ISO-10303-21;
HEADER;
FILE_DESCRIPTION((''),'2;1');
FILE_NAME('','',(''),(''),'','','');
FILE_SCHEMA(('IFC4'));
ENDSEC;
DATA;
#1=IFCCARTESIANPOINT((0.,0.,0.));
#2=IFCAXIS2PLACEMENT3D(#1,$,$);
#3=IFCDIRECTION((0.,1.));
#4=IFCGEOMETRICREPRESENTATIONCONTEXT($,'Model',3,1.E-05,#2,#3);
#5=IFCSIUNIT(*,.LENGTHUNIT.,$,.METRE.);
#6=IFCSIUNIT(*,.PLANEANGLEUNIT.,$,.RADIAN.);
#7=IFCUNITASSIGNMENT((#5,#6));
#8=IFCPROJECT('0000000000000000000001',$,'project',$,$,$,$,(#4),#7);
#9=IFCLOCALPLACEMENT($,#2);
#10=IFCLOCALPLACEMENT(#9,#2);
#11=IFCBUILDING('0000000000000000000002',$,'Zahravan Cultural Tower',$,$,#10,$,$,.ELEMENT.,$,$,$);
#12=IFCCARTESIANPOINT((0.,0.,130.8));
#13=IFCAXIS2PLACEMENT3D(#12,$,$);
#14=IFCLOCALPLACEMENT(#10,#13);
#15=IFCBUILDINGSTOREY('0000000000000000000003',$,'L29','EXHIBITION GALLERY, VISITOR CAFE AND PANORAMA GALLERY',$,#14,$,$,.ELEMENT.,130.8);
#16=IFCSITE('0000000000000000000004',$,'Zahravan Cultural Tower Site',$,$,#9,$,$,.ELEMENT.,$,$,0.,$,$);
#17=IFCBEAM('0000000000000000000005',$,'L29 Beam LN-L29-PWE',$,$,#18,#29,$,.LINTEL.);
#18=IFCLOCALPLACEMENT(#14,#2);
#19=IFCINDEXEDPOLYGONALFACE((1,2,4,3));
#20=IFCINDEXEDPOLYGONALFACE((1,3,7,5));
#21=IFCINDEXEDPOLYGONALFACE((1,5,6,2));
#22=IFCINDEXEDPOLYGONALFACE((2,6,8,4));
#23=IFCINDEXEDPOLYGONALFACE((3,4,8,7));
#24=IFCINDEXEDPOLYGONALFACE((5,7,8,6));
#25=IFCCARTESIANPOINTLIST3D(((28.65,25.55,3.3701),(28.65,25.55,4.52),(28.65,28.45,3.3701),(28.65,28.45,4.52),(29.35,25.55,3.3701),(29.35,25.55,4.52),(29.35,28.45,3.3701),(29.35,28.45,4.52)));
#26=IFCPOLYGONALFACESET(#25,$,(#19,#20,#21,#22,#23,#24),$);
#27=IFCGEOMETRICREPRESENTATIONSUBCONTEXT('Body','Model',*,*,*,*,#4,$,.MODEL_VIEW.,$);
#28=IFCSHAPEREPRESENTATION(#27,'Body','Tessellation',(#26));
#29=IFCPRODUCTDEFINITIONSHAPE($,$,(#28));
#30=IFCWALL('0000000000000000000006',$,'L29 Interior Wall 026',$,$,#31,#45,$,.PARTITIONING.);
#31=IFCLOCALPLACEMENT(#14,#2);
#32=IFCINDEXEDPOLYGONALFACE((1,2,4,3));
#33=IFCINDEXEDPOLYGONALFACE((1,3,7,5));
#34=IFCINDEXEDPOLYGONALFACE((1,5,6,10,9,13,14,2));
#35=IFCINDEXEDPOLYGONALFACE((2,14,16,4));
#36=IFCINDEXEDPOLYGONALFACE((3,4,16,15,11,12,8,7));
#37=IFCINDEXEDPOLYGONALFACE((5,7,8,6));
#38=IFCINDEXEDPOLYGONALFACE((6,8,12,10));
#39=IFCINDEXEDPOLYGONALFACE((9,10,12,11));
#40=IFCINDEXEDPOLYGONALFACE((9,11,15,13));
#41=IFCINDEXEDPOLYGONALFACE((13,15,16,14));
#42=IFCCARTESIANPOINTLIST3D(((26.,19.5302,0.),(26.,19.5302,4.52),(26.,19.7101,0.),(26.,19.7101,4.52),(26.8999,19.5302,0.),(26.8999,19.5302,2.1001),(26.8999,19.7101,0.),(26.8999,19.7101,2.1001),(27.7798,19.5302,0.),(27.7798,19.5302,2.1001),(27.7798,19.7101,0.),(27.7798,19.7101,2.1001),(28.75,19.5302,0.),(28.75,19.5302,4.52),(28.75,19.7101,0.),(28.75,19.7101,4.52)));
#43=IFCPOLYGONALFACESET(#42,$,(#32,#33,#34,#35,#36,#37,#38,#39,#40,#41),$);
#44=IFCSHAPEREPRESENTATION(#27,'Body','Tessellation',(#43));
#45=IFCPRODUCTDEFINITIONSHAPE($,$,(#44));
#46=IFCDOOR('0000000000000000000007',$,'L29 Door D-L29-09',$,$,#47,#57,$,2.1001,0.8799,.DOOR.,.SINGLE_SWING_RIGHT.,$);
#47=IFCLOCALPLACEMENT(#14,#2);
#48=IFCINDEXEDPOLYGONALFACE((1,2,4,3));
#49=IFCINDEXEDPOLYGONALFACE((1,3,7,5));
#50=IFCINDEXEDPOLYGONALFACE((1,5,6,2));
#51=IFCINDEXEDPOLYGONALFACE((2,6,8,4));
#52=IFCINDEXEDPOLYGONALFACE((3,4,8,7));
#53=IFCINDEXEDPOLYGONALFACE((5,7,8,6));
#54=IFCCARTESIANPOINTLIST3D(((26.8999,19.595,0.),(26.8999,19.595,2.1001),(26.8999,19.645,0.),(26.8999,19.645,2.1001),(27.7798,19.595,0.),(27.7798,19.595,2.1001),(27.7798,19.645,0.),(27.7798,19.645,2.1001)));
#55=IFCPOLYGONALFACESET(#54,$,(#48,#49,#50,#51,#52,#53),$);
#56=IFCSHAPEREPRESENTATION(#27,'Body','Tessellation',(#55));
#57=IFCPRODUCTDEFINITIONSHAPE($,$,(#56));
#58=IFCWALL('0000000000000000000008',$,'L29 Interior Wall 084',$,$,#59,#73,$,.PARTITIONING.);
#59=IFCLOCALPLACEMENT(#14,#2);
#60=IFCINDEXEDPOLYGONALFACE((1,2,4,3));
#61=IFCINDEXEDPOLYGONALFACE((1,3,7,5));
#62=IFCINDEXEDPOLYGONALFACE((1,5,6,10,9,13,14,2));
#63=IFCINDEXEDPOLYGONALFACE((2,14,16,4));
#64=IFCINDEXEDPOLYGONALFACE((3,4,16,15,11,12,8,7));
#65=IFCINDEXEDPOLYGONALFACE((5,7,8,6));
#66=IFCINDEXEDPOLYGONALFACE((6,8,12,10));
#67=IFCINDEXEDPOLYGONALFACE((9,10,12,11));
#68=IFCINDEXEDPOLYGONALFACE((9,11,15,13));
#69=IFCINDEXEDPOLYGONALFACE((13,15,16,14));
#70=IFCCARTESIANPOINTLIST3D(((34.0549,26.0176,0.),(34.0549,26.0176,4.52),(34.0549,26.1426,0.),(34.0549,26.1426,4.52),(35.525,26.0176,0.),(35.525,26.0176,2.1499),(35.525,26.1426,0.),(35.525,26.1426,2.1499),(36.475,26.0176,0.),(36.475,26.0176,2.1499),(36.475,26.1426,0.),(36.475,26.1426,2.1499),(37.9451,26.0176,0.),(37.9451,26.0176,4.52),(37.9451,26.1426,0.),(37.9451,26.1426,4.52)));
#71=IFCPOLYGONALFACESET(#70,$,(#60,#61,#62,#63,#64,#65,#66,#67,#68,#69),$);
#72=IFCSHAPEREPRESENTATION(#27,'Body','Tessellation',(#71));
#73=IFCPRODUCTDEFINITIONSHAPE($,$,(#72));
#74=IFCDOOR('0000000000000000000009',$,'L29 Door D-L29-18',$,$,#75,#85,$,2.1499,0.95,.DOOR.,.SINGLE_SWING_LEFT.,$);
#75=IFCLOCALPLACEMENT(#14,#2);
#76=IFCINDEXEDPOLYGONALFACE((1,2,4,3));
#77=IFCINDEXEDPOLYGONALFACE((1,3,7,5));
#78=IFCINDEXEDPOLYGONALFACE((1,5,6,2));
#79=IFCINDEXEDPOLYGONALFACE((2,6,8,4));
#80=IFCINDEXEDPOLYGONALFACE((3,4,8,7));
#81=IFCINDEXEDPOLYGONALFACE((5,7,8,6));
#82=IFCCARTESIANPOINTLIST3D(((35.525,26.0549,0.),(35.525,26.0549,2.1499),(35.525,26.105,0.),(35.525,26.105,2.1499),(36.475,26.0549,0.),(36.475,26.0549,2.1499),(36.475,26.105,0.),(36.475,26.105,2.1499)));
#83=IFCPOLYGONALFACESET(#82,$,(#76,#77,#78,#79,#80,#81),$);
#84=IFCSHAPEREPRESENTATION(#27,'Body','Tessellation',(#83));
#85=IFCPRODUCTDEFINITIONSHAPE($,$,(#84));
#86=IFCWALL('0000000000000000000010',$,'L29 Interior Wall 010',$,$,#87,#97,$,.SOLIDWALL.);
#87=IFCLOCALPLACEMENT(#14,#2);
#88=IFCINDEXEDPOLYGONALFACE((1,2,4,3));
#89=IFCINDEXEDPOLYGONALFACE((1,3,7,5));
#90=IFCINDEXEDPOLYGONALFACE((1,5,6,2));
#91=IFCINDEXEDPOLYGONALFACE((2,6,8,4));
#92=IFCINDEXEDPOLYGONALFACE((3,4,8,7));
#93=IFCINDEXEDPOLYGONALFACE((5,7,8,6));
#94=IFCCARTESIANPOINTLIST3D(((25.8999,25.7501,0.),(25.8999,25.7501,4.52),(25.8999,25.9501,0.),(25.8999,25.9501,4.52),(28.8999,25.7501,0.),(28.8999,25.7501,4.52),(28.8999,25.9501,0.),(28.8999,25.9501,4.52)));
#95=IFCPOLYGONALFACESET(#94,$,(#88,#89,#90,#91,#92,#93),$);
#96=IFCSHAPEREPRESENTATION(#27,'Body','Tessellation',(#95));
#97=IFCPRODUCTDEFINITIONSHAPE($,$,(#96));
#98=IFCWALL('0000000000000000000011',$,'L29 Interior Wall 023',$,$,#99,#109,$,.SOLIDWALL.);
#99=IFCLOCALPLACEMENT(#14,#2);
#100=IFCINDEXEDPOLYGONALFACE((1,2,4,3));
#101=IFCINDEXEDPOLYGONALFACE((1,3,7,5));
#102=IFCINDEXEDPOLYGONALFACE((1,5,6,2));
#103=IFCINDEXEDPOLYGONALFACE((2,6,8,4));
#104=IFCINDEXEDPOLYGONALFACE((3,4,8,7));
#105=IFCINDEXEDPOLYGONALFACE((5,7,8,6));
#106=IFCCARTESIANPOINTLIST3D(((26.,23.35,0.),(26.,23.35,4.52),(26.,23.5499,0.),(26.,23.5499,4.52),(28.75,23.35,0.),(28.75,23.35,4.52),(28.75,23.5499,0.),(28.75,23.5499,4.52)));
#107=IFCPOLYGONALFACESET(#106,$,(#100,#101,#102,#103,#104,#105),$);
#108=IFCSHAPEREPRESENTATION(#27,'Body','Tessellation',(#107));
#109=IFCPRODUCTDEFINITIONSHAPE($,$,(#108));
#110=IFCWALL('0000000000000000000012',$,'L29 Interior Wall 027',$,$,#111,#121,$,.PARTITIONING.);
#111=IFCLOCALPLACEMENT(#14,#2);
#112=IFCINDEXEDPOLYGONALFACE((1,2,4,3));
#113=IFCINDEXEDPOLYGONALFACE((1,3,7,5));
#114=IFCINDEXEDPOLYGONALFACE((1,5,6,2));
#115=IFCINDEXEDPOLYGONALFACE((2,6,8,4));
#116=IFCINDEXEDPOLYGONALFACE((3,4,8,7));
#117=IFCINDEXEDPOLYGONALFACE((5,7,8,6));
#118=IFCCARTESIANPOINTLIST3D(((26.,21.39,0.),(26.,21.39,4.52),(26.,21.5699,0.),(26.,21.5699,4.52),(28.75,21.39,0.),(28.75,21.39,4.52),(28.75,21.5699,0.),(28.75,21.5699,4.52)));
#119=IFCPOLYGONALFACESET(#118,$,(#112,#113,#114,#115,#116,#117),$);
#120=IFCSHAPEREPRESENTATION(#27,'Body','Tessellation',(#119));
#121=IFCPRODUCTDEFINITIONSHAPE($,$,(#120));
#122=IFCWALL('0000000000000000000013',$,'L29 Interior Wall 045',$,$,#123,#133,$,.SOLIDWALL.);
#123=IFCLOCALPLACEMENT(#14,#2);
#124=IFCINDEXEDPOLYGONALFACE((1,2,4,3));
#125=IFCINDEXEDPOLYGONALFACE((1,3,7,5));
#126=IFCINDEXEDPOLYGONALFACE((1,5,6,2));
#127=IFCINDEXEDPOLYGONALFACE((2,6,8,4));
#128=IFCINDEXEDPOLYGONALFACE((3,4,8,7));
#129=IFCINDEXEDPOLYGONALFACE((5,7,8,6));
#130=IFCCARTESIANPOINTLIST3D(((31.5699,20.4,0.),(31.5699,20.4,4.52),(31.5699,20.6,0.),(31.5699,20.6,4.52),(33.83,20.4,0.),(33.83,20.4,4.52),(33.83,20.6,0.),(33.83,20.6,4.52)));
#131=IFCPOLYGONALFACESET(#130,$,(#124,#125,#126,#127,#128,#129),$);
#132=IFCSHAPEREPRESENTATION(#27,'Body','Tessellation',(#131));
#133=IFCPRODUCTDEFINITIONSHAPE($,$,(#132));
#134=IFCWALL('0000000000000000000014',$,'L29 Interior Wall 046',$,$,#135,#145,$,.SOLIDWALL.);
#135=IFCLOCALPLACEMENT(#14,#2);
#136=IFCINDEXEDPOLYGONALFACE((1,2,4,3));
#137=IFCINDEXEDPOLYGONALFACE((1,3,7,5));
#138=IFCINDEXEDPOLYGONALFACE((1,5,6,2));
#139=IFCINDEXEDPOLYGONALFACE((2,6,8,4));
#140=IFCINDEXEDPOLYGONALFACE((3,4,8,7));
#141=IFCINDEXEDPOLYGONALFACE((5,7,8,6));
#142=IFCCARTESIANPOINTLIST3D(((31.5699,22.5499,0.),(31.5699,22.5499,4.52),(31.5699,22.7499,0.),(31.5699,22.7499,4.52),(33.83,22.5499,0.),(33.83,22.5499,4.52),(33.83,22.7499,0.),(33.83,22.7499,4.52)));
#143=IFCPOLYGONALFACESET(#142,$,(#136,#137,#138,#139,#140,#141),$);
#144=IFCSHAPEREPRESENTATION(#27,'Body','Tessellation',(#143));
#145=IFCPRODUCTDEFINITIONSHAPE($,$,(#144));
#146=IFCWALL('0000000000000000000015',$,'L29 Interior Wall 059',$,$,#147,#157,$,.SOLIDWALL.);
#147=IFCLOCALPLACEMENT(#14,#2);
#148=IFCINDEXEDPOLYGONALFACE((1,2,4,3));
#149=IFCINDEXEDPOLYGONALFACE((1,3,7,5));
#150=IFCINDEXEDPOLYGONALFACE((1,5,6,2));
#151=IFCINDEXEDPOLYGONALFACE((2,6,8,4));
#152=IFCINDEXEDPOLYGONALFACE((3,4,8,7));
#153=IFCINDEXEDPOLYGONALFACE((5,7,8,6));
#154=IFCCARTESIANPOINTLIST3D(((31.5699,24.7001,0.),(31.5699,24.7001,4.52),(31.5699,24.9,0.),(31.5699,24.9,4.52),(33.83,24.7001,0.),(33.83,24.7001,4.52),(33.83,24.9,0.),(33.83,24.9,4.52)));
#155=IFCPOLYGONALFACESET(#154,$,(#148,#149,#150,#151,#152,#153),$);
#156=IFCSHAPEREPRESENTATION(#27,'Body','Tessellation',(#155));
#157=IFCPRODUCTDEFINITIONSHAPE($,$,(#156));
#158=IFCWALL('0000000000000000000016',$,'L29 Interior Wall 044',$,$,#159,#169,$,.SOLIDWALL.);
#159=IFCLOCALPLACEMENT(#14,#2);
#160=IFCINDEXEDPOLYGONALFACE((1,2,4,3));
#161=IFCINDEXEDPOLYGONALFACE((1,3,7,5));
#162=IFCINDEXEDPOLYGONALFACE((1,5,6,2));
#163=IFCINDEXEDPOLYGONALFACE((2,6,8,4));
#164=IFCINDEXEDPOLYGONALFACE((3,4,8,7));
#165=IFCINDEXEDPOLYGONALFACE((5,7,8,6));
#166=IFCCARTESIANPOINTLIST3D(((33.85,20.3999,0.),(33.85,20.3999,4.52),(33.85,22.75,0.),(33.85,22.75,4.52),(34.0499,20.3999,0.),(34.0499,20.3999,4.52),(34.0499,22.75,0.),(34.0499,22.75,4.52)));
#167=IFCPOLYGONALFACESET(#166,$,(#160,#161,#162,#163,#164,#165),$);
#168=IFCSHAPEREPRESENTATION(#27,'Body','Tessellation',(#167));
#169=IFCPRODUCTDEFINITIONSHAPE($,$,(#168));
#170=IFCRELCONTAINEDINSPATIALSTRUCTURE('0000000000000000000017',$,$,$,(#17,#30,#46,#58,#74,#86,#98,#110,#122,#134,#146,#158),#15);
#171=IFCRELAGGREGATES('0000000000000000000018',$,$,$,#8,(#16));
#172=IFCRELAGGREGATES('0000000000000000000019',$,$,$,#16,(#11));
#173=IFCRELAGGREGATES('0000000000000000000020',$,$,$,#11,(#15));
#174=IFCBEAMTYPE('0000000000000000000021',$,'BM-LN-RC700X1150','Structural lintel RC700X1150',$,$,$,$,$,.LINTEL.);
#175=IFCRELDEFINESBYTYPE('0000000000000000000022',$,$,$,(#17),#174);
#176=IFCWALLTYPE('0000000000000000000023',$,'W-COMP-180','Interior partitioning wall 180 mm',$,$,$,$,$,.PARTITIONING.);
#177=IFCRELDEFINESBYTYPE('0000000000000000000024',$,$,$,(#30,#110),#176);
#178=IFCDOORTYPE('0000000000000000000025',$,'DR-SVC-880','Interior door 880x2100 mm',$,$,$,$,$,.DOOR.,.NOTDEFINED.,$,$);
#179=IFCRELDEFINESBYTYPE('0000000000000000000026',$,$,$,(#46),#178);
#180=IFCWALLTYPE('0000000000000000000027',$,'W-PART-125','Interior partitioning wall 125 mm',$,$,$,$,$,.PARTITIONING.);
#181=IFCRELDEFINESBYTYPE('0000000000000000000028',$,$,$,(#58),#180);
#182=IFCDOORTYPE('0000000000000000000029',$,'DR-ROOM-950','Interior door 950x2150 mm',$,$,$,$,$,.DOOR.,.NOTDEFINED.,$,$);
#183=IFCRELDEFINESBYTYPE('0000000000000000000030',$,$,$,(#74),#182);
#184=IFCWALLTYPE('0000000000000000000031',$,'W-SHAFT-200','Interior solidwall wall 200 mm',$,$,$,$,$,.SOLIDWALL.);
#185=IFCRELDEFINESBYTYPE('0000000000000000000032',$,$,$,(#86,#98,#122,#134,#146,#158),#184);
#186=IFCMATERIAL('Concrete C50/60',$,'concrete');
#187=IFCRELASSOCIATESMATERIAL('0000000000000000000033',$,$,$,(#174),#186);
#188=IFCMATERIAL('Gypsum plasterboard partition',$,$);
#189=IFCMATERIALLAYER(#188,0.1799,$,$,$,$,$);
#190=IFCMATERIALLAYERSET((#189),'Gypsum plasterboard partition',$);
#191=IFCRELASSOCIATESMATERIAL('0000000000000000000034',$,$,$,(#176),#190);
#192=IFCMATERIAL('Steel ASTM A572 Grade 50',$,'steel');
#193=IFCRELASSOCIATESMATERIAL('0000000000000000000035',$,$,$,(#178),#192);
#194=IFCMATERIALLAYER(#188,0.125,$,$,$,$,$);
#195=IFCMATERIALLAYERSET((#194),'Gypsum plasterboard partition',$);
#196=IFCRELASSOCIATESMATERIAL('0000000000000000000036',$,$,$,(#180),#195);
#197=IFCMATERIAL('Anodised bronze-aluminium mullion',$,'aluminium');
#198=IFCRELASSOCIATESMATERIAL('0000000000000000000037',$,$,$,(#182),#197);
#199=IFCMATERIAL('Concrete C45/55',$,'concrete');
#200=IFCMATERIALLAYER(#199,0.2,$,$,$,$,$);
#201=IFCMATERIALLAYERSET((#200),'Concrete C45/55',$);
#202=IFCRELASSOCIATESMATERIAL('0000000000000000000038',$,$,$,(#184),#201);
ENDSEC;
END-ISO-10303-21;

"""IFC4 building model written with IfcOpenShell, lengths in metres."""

from ifc_helpers import new_model, si_unit, direction, frame, frame_2d, origin, origin_2d, place, context, subcontext, project, spatial, rectangle, extrude, source, transform, mapped, material, layer, layer_set, material_profile, profile_set, type_object, element, fill, save


model = new_model("IFC4")

# Units and contexts
model_context = context("Model", 3, precision=1e-05, world=origin(), true_north=direction((0.0, 1.0)))
body_context = subcontext(model_context, "Body", "Model", "MODEL_VIEW")
ifc_project = project(units=[si_unit("LENGTHUNIT", "METRE"), si_unit("PLANEANGLEUNIT", "RADIAN")], contexts=[model_context])

# Site, building, storey
site_placement = place(None, origin())
site = spatial("IfcSite", under=ifc_project, at=site_placement, Name="Zahravan Cultural Tower Site", CompositionType="ELEMENT", RefElevation=0.0)
building_placement = place(site_placement, origin())
building = spatial("IfcBuilding", under=site, at=building_placement, Name="Zahravan Cultural Tower", CompositionType="ELEMENT")
storey_placement = place(building_placement, frame((0.0, 0.0, 130.8)))
storey = spatial("IfcBuildingStorey", under=building, at=storey_placement, Name="L29", Description="EXHIBITION GALLERY, VISITOR CAFE AND PANORAMA GALLERY", CompositionType="ELEMENT", Elevation=130.8)

# Beam
ifc_material_1 = material(Name="Concrete C50/60", Category="concrete")
ifc_material_profile = material_profile(ifc_material_1, rectangle(XDim=0.7, YDim=1.1499, at=origin_2d()), Name="RC700X1150")
ifc_profile_set = profile_set([ifc_material_profile], Name="Concrete C50/60")
beam_type = type_object("IfcBeamType", Name="BM-LN-RC700X1150", Description="Structural lintel RC700X1150", PredefinedType="LINTEL", material=ifc_profile_set)
shared_shape_1 = source(origin(), body_context, "Body", "SweptSolid", [
    extrude(rectangle(XDim=0.7, YDim=1.1499, at=origin_2d()), origin(), (0.0, 0.0, 1.0), 2.8999),
])
beam_placement = place(storey_placement, frame((29.0, 25.55, 3.9451), z_axis=(0.0, 1.0, 0.0), x_axis=(-1.0, 0.0, 0.0)))
element("IfcBeam", 1, at=beam_placement, inside=storey, type_object=beam_type, Name="L29 Beam LN-L29-PWE", PredefinedType="LINTEL", context=body_context, shape_type="MappedRepresentation", body=[
    mapped(shared_shape_1, transform((0.0, 0.0, 0.0), x_axis=(1.0, 0.0, 0.0), y_axis=(0.0, 1.0, 0.0), z_axis=(0.0, 0.0, 1.0), scale=1.0)),
])

# Walls, openings, doors
ifc_material_2 = material(Name="Gypsum plasterboard partition")
ifc_layer_1 = layer(ifc_material_2, 0.1799)
ifc_layer_set_1 = layer_set([ifc_layer_1], Name="Gypsum plasterboard partition")
wall_type_1 = type_object("IfcWallType", Name="W-COMP-180", Description="Interior partitioning wall 180 mm", PredefinedType="PARTITIONING", material=ifc_layer_set_1)
wall_1_placement = place(storey_placement, frame((26.0, 19.6201, 0.0), z_axis=(0.0, 0.0, 1.0), x_axis=(1.0, 0.0, 0.0)))
wall_1 = element("IfcWall", 2, at=wall_1_placement, inside=storey, type_object=wall_type_1, Name="L29 Interior Wall 026", PredefinedType="PARTITIONING", context=body_context, shape_type="SweptSolid", body=[
    extrude(rectangle(XDim=2.75, YDim=0.1799, at=frame_2d((1.375, 0.0))), origin(), (0.0, 0.0, 1.0), 4.52),
])
opening_1_placement = place(wall_1_placement, frame((0.8999, 0.0, 0.0)))
opening_1 = element("IfcOpeningElement", 3, at=opening_1_placement, cuts=wall_1, PredefinedType="OPENING", context=body_context, shape_type="SweptSolid", body=[
    extrude(rectangle(XDim=0.8799, YDim=2.1001, at=frame_2d((0.4399, 1.05))), frame((0.0, 0.0999, 0.0), z_axis=(0.0, -1.0, 0.0), x_axis=(1.0, 0.0, 0.0)), (0.0, 0.0, 1.0), 0.2),
])
ifc_material_3 = material(Name="Steel ASTM A572 Grade 50", Category="steel")
door_type_1 = type_object("IfcDoorType", Name="DR-SVC-880", Description="Interior door 880x2100 mm", OperationType="NOTDEFINED", PredefinedType="DOOR", material=ifc_material_3)
shared_shape_2 = source(origin(), body_context, "Body", "SweptSolid", [
    extrude(rectangle(XDim=0.8799, YDim=2.1001, at=frame_2d((0.4399, 1.05))), frame((0.0, 0.0249, 0.0), z_axis=(0.0, -1.0, 0.0), x_axis=(1.0, 0.0, 0.0)), (0.0, 0.0, 1.0), 0.05),
])
door_1_placement = place(opening_1_placement, origin())
door_1 = element("IfcDoor", 4, at=door_1_placement, inside=storey, type_object=door_type_1, Name="L29 Door D-L29-09", OperationType="SINGLE_SWING_RIGHT", OverallHeight=2.1001, OverallWidth=0.8799, PredefinedType="DOOR", context=body_context, shape_type="MappedRepresentation", body=[
    mapped(shared_shape_2, transform((0.0, 0.0, 0.0), x_axis=(1.0, 0.0, 0.0), y_axis=(0.0, 1.0, 0.0), z_axis=(0.0, 0.0, 1.0), scale=1.0)),
])
fill(opening_1, door_1)
ifc_layer_2 = layer(ifc_material_2, 0.125)
ifc_layer_set_2 = layer_set([ifc_layer_2], Name="Gypsum plasterboard partition")
wall_type_2 = type_object("IfcWallType", Name="W-PART-125", Description="Interior partitioning wall 125 mm", PredefinedType="PARTITIONING", material=ifc_layer_set_2)
wall_2_placement = place(storey_placement, frame((34.0549, 26.0801, 0.0), z_axis=(0.0, 0.0, 1.0), x_axis=(1.0, 0.0, 0.0)))
wall_2 = element("IfcWall", 5, at=wall_2_placement, inside=storey, type_object=wall_type_2, Name="L29 Interior Wall 084", PredefinedType="PARTITIONING", context=body_context, shape_type="SweptSolid", body=[
    extrude(rectangle(XDim=3.8901, YDim=0.125, at=frame_2d((1.9451, 0.0))), origin(), (0.0, 0.0, 1.0), 4.52),
])
opening_2_placement = place(wall_2_placement, frame((1.47, 0.0, 0.0)))
opening_2 = element("IfcOpeningElement", 6, at=opening_2_placement, cuts=wall_2, PredefinedType="OPENING", context=body_context, shape_type="SweptSolid", body=[
    extrude(rectangle(XDim=0.95, YDim=2.1499, at=frame_2d((0.4751, 1.075))), frame((0.0, 0.0725, 0.0), z_axis=(0.0, -1.0, 0.0), x_axis=(1.0, 0.0, 0.0)), (0.0, 0.0, 1.0), 0.145),
])
ifc_material_4 = material(Name="Anodised bronze-aluminium mullion", Category="aluminium")
door_type_2 = type_object("IfcDoorType", Name="DR-ROOM-950", Description="Interior door 950x2150 mm", OperationType="NOTDEFINED", PredefinedType="DOOR", material=ifc_material_4)
shared_shape_3 = source(origin(), body_context, "Body", "SweptSolid", [
    extrude(rectangle(XDim=0.95, YDim=2.1499, at=frame_2d((0.4751, 1.075))), frame((0.0, 0.0249, 0.0), z_axis=(0.0, -1.0, 0.0), x_axis=(1.0, 0.0, 0.0)), (0.0, 0.0, 1.0), 0.05),
])
door_2_placement = place(opening_2_placement, origin())
door_2 = element("IfcDoor", 7, at=door_2_placement, inside=storey, type_object=door_type_2, Name="L29 Door D-L29-18", OperationType="SINGLE_SWING_LEFT", OverallHeight=2.1499, OverallWidth=0.95, PredefinedType="DOOR", context=body_context, shape_type="MappedRepresentation", body=[
    mapped(shared_shape_3, transform((0.0, 0.0, 0.0), x_axis=(1.0, 0.0, 0.0), y_axis=(0.0, 1.0, 0.0), z_axis=(0.0, 0.0, 1.0), scale=1.0)),
])
fill(opening_2, door_2)
ifc_material_5 = material(Name="Concrete C45/55", Category="concrete")
ifc_layer_3 = layer(ifc_material_5, 0.2)
ifc_layer_set_3 = layer_set([ifc_layer_3], Name="Concrete C45/55")
wall_type_3 = type_object("IfcWallType", Name="W-SHAFT-200", Description="Interior solidwall wall 200 mm", PredefinedType="SOLIDWALL", material=ifc_layer_set_3)

# Walls
shared_shape_4 = source(origin(), body_context, "Body", "SweptSolid", [
    extrude(rectangle(XDim=3.0, YDim=0.2, at=frame_2d((1.5, 0.0))), origin(), (0.0, 0.0, 1.0), 4.52),
])
wall_3_placement = place(storey_placement, frame((25.8999, 25.8501, 0.0), z_axis=(0.0, 0.0, 1.0), x_axis=(1.0, 0.0, 0.0)))
element("IfcWall", 8, at=wall_3_placement, inside=storey, type_object=wall_type_3, Name="L29 Interior Wall 010", PredefinedType="SOLIDWALL", context=body_context, shape_type="MappedRepresentation", body=[
    mapped(shared_shape_4, transform((0.0, 0.0, 0.0), x_axis=(1.0, 0.0, 0.0), y_axis=(0.0, 1.0, 0.0), z_axis=(0.0, 0.0, 1.0), scale=1.0)),
])
shared_shape_5 = source(origin(), body_context, "Body", "SweptSolid", [
    extrude(rectangle(XDim=2.75, YDim=0.2, at=frame_2d((1.375, 0.0))), origin(), (0.0, 0.0, 1.0), 4.52),
])
wall_4_placement = place(storey_placement, frame((26.0, 23.45, 0.0), z_axis=(0.0, 0.0, 1.0), x_axis=(1.0, 0.0, 0.0)))
element("IfcWall", 9, at=wall_4_placement, inside=storey, type_object=wall_type_3, Name="L29 Interior Wall 023", PredefinedType="SOLIDWALL", context=body_context, shape_type="MappedRepresentation", body=[
    mapped(shared_shape_5, transform((0.0, 0.0, 0.0), x_axis=(1.0, 0.0, 0.0), y_axis=(0.0, 1.0, 0.0), z_axis=(0.0, 0.0, 1.0), scale=1.0)),
])
shared_shape_6 = source(origin(), body_context, "Body", "SweptSolid", [
    extrude(rectangle(XDim=2.75, YDim=0.1799, at=frame_2d((1.375, 0.0))), origin(), (0.0, 0.0, 1.0), 4.52),
])
wall_5_placement = place(storey_placement, frame((26.0, 21.48, 0.0), z_axis=(0.0, 0.0, 1.0), x_axis=(1.0, 0.0, 0.0)))
element("IfcWall", 10, at=wall_5_placement, inside=storey, type_object=wall_type_1, Name="L29 Interior Wall 027", PredefinedType="PARTITIONING", context=body_context, shape_type="MappedRepresentation", body=[
    mapped(shared_shape_6, transform((0.0, 0.0, 0.0), x_axis=(1.0, 0.0, 0.0), y_axis=(0.0, 1.0, 0.0), z_axis=(0.0, 0.0, 1.0), scale=1.0)),
])
shared_shape_7 = source(origin(), body_context, "Body", "SweptSolid", [
    extrude(rectangle(XDim=2.26, YDim=0.2, at=frame_2d((1.1299, 0.0))), origin(), (0.0, 0.0, 1.0), 4.52),
])
for number, where, z_axis, x_axis, name in (
    (11, (31.5701, 20.5, 0.0), (0.0, 0.0, 1.0), (1.0, 0.0, 0.0), "L29 Interior Wall 045"),
    (12, (31.5701, 22.6499, 0.0), (0.0, 0.0, 1.0), (1.0, 0.0, 0.0), "L29 Interior Wall 046"),
    (13, (31.5701, 24.8, 0.0), (0.0, 0.0, 1.0), (1.0, 0.0, 0.0), "L29 Interior Wall 059"),
):
    element("IfcWall", number, at=place(storey_placement, frame(where, z_axis=z_axis, x_axis=x_axis)), inside=storey, type_object=wall_type_3, Name=name, PredefinedType="SOLIDWALL", context=body_context, shape_type="MappedRepresentation", body=[
        mapped(shared_shape_7, transform((0.0, 0.0, 0.0), x_axis=(1.0, 0.0, 0.0), y_axis=(0.0, 1.0, 0.0), z_axis=(0.0, 0.0, 1.0), scale=1.0)),
    ])
shared_shape_8 = source(origin(), body_context, "Body", "SweptSolid", [
    extrude(rectangle(XDim=2.3501, YDim=0.2, at=frame_2d((1.175, 0.0))), origin(), (0.0, 0.0, 1.0), 4.52),
])
wall_6_placement = place(storey_placement, frame((33.95, 20.3999, 0.0), z_axis=(0.0, 0.0, 1.0), x_axis=(0.0, 1.0, 0.0)))
element("IfcWall", 14, at=wall_6_placement, inside=storey, type_object=wall_type_3, Name="L29 Interior Wall 044", PredefinedType="SOLIDWALL", context=body_context, shape_type="MappedRepresentation", body=[
    mapped(shared_shape_8, transform((0.0, 0.0, 0.0), x_axis=(1.0, 0.0, 0.0), y_axis=(0.0, 1.0, 0.0), z_axis=(0.0, 0.0, 1.0), scale=1.0)),
])

save(model, "model.ifc")
